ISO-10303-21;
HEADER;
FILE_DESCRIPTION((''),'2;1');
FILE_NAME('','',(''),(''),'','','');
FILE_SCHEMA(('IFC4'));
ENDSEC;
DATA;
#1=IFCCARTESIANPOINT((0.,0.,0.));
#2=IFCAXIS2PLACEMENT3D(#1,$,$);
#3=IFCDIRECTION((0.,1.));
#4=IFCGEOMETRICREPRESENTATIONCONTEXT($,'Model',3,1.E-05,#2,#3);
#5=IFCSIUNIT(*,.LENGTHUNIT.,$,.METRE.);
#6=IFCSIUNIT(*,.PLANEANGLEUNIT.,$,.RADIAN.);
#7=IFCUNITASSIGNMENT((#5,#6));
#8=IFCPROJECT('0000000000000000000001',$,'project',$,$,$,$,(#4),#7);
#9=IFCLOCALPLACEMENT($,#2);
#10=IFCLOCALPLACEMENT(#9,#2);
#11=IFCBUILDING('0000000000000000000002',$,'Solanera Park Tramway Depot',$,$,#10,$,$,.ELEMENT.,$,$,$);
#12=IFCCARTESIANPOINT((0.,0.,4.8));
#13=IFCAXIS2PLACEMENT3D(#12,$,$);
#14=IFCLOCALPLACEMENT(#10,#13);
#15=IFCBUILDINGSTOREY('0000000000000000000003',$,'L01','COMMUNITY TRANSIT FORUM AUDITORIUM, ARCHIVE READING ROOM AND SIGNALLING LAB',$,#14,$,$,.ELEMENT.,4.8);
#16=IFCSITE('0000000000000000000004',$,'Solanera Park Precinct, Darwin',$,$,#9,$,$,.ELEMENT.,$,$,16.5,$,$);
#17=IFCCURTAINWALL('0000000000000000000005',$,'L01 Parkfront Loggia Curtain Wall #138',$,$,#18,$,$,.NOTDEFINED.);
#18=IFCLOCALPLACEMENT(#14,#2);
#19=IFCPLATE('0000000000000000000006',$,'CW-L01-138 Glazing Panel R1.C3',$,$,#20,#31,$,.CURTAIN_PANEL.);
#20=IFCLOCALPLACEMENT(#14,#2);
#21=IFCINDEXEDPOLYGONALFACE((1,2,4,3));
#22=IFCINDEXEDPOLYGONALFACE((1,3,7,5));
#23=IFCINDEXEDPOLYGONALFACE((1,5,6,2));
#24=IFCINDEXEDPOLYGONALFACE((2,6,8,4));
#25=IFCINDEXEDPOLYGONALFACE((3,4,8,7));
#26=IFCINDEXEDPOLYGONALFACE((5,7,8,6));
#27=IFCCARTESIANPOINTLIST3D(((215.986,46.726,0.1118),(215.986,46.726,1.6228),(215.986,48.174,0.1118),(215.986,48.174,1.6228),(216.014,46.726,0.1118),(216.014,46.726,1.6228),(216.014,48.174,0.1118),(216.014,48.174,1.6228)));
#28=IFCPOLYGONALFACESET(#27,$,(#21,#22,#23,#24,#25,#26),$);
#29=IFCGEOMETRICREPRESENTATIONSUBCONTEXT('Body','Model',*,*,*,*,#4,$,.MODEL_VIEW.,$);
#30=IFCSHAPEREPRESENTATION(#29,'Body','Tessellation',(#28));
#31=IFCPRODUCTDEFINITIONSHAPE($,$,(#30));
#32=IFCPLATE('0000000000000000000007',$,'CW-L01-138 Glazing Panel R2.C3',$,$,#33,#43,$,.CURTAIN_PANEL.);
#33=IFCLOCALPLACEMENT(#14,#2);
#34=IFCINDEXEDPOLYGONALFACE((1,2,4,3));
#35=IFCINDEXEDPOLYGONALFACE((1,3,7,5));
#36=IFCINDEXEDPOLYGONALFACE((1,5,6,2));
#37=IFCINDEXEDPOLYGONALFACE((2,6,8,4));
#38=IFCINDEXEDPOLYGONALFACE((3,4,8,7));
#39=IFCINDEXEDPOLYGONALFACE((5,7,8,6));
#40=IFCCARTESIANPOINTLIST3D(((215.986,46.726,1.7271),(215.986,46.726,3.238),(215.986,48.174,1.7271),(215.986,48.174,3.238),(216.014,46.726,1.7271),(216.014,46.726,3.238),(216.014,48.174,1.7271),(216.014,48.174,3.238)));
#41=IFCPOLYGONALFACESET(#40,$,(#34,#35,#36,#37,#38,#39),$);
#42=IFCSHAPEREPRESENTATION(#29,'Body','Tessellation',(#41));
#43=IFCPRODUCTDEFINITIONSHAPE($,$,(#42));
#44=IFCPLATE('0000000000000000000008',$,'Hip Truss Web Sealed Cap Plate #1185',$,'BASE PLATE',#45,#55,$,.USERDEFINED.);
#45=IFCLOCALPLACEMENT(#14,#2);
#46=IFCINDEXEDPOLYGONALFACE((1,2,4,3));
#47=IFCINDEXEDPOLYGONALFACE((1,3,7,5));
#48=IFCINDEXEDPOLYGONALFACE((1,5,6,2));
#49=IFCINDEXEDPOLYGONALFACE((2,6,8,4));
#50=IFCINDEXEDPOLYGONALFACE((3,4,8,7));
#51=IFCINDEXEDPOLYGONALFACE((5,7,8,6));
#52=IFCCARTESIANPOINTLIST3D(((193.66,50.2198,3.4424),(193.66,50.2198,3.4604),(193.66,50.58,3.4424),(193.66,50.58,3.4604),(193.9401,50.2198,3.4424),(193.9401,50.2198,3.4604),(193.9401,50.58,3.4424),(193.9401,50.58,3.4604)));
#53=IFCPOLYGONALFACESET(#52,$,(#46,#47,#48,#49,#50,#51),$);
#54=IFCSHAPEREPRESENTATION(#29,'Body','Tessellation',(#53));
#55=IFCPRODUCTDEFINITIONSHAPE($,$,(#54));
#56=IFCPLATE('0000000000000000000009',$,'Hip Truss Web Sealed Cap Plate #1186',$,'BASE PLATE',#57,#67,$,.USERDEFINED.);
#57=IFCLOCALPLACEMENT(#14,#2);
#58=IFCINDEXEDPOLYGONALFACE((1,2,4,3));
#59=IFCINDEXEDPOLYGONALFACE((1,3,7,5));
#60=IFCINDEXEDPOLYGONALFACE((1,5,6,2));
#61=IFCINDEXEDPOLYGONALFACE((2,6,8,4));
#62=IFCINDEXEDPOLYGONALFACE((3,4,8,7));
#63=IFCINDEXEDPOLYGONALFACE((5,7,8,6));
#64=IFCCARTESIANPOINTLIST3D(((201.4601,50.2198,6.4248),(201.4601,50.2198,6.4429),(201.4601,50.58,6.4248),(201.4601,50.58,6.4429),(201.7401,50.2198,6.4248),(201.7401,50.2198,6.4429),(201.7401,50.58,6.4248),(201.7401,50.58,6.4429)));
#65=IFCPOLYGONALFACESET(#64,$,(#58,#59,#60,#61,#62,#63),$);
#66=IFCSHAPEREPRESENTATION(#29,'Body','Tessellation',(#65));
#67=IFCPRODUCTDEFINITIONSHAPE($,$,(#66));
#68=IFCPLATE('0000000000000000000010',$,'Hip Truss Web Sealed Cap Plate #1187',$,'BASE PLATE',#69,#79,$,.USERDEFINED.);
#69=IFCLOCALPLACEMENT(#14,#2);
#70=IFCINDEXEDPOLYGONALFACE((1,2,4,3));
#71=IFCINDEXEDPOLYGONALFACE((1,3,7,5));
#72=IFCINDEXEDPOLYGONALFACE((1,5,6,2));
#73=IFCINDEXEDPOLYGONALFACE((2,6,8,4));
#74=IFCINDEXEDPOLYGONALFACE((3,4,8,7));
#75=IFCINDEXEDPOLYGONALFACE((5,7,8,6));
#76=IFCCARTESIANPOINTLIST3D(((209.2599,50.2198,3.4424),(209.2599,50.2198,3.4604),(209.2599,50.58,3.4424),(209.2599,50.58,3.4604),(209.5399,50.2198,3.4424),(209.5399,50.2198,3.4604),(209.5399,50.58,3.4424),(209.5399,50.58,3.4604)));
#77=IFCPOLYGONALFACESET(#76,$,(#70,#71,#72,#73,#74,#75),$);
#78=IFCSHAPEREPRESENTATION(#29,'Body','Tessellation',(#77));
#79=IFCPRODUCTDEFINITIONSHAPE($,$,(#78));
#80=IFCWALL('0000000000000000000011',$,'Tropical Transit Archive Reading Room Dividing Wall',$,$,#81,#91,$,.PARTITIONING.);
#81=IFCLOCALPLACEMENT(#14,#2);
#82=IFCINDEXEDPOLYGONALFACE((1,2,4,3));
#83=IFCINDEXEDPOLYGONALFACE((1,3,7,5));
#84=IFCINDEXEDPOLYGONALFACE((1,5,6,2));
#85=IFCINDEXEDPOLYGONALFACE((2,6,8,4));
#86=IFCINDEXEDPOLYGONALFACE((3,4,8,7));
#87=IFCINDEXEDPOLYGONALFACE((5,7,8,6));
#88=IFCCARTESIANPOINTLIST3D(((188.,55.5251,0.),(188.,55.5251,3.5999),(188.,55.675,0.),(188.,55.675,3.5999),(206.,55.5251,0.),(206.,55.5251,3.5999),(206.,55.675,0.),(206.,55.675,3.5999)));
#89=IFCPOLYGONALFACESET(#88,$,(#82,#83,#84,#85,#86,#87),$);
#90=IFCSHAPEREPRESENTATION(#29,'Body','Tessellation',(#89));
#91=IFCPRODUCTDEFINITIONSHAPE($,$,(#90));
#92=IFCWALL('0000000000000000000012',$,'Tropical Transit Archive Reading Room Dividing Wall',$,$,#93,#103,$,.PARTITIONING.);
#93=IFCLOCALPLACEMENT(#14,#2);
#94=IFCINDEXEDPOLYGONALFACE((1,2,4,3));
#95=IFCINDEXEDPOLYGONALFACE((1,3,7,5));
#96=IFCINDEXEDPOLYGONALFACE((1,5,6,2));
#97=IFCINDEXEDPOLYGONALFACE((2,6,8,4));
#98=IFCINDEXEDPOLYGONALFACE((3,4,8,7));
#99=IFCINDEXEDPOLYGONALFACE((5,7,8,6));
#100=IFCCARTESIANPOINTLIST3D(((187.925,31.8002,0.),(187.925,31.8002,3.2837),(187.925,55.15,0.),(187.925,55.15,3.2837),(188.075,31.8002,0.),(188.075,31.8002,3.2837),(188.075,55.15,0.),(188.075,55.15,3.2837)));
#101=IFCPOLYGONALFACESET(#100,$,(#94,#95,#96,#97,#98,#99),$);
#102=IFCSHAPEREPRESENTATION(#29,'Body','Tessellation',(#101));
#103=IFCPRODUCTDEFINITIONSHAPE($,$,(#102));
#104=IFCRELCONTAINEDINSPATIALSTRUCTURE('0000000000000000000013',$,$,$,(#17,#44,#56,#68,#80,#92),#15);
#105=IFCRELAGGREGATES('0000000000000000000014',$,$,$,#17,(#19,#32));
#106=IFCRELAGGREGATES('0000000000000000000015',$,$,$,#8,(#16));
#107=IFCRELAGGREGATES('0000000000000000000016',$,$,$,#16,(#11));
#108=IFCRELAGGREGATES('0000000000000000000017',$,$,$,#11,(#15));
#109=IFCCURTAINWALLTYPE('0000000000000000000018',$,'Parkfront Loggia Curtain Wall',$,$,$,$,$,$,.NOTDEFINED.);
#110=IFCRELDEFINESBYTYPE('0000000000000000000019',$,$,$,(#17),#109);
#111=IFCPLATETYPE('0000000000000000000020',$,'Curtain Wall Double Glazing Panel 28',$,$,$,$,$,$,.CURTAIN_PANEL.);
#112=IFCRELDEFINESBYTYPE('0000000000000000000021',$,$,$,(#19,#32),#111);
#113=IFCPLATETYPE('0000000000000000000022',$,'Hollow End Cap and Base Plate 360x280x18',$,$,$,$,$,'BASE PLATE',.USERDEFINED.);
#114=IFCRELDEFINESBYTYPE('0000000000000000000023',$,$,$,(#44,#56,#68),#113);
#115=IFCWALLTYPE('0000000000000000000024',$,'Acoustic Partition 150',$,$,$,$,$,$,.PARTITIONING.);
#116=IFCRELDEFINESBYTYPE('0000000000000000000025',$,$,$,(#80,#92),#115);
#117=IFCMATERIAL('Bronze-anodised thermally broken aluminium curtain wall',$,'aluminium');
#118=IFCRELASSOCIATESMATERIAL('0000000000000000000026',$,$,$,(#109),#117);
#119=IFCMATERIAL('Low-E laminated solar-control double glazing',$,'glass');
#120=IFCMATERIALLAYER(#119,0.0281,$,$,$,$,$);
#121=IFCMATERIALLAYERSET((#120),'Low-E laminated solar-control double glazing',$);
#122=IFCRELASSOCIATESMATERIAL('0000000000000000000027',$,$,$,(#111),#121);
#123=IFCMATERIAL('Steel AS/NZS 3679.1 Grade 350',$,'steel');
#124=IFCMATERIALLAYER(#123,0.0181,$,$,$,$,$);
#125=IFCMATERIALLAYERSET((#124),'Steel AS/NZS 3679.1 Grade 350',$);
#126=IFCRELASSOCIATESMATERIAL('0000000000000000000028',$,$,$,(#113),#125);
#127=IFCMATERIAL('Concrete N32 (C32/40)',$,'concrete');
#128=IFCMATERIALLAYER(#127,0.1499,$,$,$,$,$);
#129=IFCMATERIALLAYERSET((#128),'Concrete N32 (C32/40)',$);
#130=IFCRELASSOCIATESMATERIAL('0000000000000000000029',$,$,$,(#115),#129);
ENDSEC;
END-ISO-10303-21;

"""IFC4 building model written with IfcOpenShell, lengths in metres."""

from ifc_helpers import new_model, si_unit, direction, frame, frame_2d, origin, origin_2d, place, context, subcontext, project, spatial, rectangle, extrude, material, layer, layer_set, type_object, element, aggregate, save


model = new_model("IFC4")

# Units and contexts
model_context = context("Model", 3, precision=1e-05, world=origin(), true_north=direction((0.0, 1.0)))
body_context = subcontext(model_context, "Body", "Model", "MODEL_VIEW")
ifc_project = project(units=[si_unit("LENGTHUNIT", "METRE"), si_unit("PLANEANGLEUNIT", "RADIAN")], contexts=[model_context])

# Site, building, storey
site_placement = place(None, origin())
site = spatial("IfcSite", under=ifc_project, at=site_placement, Name="Solanera Park Precinct, Darwin", CompositionType="ELEMENT", RefElevation=16.5)
building_placement = place(site_placement, origin())
building = spatial("IfcBuilding", under=site, at=building_placement, Name="Solanera Park Tramway Depot", CompositionType="ELEMENT")
storey_placement = place(building_placement, frame((0.0, 0.0, 4.8)))
storey = spatial("IfcBuildingStorey", under=building, at=storey_placement, Name="L01", Description="COMMUNITY TRANSIT FORUM AUDITORIUM, ARCHIVE READING ROOM AND SIGNALLING LAB", CompositionType="ELEMENT", Elevation=4.8)

# Curtain wall
ifc_material_1 = material(Name="Bronze-anodised thermally broken aluminium curtain wall", Category="aluminium")
curtain_wall_type = type_object("IfcCurtainWallType", Name="Parkfront Loggia Curtain Wall", PredefinedType="NOTDEFINED", material=ifc_material_1)
curtain_wall_placement = place(storey_placement, origin())
curtain_wall = element("IfcCurtainWall", 1, at=curtain_wall_placement, inside=storey, type_object=curtain_wall_type, Name="L01 Parkfront Loggia Curtain Wall #138", PredefinedType="NOTDEFINED")

# Plates
ifc_material_2 = material(Name="Low-E laminated solar-control double glazing", Category="glass")
ifc_layer_1 = layer(ifc_material_2, 0.0281)
ifc_layer_set_1 = layer_set([ifc_layer_1], Name="Low-E laminated solar-control double glazing")
plate_type_1 = type_object("IfcPlateType", Name="Curtain Wall Double Glazing Panel 28", PredefinedType="CURTAIN_PANEL", material=ifc_layer_set_1)
plate_1_placement = place(storey_placement, frame((216.0, 47.45, 0.1118), z_axis=(0.0, 0.0, 1.0), x_axis=(0.0, 1.0, 0.0)))
plate_1 = element("IfcPlate", 2, at=plate_1_placement, type_object=plate_type_1, Name="CW-L01-138 Glazing Panel R1.C3", PredefinedType="CURTAIN_PANEL", context=body_context, shape_type="SweptSolid", body=[
    extrude(rectangle(XDim=1.448, YDim=0.0281, at=origin_2d()), origin(), (0.0, 0.0, 1.0), 1.511),
])
plate_2_placement = place(storey_placement, frame((216.0, 47.45, 1.7271), z_axis=(0.0, 0.0, 1.0), x_axis=(0.0, 1.0, 0.0)))
plate_2 = element("IfcPlate", 3, at=plate_2_placement, type_object=plate_type_1, Name="CW-L01-138 Glazing Panel R2.C3", PredefinedType="CURTAIN_PANEL", context=body_context, shape_type="SweptSolid", body=[
    extrude(rectangle(XDim=1.448, YDim=0.0281, at=origin_2d()), origin(), (0.0, 0.0, 1.0), 1.511),
])
aggregate(curtain_wall, [plate_1, plate_2])

# Plates
ifc_material_3 = material(Name="Steel AS/NZS 3679.1 Grade 350", Category="steel")
ifc_layer_2 = layer(ifc_material_3, 0.0181)
ifc_layer_set_2 = layer_set([ifc_layer_2], Name="Steel AS/NZS 3679.1 Grade 350")
plate_type_2 = type_object("IfcPlateType", Name="Hollow End Cap and Base Plate 360x280x18", ElementType="BASE PLATE", PredefinedType="USERDEFINED", material=ifc_layer_set_2)
for number, where, z_axis, x_axis, name in (
    (4, (193.8, 50.3999, 3.4424), (0.0, 0.0, 1.0), (1.0, 0.0, 0.0), "Hip Truss Web Sealed Cap Plate #1185"),
    (5, (201.6001, 50.3999, 6.4248), (0.0, 0.0, 1.0), (1.0, 0.0, 0.0), "Hip Truss Web Sealed Cap Plate #1186"),
    (6, (209.3999, 50.3999, 3.4424), (0.0, 0.0, 1.0), (1.0, 0.0, 0.0), "Hip Truss Web Sealed Cap Plate #1187"),
):
    element("IfcPlate", number, at=place(storey_placement, frame(where, z_axis=z_axis, x_axis=x_axis)), inside=storey, type_object=plate_type_2, Name=name, ObjectType="BASE PLATE", PredefinedType="USERDEFINED", context=body_context, shape_type="SweptSolid", body=[
        extrude(rectangle(XDim=0.28, YDim=0.3601, at=origin_2d()), origin(), (0.0, 0.0, 1.0), 0.0181),
    ])

# Walls
ifc_material_4 = material(Name="Concrete N32 (C32/40)", Category="concrete")
ifc_layer_3 = layer(ifc_material_4, 0.1499)
ifc_layer_set_3 = layer_set([ifc_layer_3], Name="Concrete N32 (C32/40)")
wall_type = type_object("IfcWallType", Name="Acoustic Partition 150", PredefinedType="PARTITIONING", material=ifc_layer_set_3)
wall_1_placement = place(storey_placement, frame((188.0, 55.6001, 0.0), z_axis=(0.0, 0.0, 1.0), x_axis=(1.0, 0.0, 0.0)))
element("IfcWall", 7, at=wall_1_placement, inside=storey, type_object=wall_type, Name="Tropical Transit Archive Reading Room Dividing Wall", PredefinedType="PARTITIONING", context=body_context, shape_type="SweptSolid", body=[
    extrude(rectangle(XDim=18.0, YDim=0.1499, at=frame_2d((9.0, 0.0))), origin(), (0.0, 0.0, 1.0), 3.5999),
])
wall_2_placement = place(storey_placement, frame((188.0, 55.1499, 0.0), z_axis=(0.0, 0.0, 1.0), x_axis=(0.0, -1.0, 0.0)))
element("IfcWall", 8, at=wall_2_placement, inside=storey, type_object=wall_type, Name="Tropical Transit Archive Reading Room Dividing Wall", PredefinedType="PARTITIONING", context=body_context, shape_type="SweptSolid", body=[
    extrude(rectangle(XDim=23.3499, YDim=0.1499, at=frame_2d((11.6748, 0.0))), origin(), (0.0, 0.0, 1.0), 3.2837),
])

save(model, "model.ifc")
